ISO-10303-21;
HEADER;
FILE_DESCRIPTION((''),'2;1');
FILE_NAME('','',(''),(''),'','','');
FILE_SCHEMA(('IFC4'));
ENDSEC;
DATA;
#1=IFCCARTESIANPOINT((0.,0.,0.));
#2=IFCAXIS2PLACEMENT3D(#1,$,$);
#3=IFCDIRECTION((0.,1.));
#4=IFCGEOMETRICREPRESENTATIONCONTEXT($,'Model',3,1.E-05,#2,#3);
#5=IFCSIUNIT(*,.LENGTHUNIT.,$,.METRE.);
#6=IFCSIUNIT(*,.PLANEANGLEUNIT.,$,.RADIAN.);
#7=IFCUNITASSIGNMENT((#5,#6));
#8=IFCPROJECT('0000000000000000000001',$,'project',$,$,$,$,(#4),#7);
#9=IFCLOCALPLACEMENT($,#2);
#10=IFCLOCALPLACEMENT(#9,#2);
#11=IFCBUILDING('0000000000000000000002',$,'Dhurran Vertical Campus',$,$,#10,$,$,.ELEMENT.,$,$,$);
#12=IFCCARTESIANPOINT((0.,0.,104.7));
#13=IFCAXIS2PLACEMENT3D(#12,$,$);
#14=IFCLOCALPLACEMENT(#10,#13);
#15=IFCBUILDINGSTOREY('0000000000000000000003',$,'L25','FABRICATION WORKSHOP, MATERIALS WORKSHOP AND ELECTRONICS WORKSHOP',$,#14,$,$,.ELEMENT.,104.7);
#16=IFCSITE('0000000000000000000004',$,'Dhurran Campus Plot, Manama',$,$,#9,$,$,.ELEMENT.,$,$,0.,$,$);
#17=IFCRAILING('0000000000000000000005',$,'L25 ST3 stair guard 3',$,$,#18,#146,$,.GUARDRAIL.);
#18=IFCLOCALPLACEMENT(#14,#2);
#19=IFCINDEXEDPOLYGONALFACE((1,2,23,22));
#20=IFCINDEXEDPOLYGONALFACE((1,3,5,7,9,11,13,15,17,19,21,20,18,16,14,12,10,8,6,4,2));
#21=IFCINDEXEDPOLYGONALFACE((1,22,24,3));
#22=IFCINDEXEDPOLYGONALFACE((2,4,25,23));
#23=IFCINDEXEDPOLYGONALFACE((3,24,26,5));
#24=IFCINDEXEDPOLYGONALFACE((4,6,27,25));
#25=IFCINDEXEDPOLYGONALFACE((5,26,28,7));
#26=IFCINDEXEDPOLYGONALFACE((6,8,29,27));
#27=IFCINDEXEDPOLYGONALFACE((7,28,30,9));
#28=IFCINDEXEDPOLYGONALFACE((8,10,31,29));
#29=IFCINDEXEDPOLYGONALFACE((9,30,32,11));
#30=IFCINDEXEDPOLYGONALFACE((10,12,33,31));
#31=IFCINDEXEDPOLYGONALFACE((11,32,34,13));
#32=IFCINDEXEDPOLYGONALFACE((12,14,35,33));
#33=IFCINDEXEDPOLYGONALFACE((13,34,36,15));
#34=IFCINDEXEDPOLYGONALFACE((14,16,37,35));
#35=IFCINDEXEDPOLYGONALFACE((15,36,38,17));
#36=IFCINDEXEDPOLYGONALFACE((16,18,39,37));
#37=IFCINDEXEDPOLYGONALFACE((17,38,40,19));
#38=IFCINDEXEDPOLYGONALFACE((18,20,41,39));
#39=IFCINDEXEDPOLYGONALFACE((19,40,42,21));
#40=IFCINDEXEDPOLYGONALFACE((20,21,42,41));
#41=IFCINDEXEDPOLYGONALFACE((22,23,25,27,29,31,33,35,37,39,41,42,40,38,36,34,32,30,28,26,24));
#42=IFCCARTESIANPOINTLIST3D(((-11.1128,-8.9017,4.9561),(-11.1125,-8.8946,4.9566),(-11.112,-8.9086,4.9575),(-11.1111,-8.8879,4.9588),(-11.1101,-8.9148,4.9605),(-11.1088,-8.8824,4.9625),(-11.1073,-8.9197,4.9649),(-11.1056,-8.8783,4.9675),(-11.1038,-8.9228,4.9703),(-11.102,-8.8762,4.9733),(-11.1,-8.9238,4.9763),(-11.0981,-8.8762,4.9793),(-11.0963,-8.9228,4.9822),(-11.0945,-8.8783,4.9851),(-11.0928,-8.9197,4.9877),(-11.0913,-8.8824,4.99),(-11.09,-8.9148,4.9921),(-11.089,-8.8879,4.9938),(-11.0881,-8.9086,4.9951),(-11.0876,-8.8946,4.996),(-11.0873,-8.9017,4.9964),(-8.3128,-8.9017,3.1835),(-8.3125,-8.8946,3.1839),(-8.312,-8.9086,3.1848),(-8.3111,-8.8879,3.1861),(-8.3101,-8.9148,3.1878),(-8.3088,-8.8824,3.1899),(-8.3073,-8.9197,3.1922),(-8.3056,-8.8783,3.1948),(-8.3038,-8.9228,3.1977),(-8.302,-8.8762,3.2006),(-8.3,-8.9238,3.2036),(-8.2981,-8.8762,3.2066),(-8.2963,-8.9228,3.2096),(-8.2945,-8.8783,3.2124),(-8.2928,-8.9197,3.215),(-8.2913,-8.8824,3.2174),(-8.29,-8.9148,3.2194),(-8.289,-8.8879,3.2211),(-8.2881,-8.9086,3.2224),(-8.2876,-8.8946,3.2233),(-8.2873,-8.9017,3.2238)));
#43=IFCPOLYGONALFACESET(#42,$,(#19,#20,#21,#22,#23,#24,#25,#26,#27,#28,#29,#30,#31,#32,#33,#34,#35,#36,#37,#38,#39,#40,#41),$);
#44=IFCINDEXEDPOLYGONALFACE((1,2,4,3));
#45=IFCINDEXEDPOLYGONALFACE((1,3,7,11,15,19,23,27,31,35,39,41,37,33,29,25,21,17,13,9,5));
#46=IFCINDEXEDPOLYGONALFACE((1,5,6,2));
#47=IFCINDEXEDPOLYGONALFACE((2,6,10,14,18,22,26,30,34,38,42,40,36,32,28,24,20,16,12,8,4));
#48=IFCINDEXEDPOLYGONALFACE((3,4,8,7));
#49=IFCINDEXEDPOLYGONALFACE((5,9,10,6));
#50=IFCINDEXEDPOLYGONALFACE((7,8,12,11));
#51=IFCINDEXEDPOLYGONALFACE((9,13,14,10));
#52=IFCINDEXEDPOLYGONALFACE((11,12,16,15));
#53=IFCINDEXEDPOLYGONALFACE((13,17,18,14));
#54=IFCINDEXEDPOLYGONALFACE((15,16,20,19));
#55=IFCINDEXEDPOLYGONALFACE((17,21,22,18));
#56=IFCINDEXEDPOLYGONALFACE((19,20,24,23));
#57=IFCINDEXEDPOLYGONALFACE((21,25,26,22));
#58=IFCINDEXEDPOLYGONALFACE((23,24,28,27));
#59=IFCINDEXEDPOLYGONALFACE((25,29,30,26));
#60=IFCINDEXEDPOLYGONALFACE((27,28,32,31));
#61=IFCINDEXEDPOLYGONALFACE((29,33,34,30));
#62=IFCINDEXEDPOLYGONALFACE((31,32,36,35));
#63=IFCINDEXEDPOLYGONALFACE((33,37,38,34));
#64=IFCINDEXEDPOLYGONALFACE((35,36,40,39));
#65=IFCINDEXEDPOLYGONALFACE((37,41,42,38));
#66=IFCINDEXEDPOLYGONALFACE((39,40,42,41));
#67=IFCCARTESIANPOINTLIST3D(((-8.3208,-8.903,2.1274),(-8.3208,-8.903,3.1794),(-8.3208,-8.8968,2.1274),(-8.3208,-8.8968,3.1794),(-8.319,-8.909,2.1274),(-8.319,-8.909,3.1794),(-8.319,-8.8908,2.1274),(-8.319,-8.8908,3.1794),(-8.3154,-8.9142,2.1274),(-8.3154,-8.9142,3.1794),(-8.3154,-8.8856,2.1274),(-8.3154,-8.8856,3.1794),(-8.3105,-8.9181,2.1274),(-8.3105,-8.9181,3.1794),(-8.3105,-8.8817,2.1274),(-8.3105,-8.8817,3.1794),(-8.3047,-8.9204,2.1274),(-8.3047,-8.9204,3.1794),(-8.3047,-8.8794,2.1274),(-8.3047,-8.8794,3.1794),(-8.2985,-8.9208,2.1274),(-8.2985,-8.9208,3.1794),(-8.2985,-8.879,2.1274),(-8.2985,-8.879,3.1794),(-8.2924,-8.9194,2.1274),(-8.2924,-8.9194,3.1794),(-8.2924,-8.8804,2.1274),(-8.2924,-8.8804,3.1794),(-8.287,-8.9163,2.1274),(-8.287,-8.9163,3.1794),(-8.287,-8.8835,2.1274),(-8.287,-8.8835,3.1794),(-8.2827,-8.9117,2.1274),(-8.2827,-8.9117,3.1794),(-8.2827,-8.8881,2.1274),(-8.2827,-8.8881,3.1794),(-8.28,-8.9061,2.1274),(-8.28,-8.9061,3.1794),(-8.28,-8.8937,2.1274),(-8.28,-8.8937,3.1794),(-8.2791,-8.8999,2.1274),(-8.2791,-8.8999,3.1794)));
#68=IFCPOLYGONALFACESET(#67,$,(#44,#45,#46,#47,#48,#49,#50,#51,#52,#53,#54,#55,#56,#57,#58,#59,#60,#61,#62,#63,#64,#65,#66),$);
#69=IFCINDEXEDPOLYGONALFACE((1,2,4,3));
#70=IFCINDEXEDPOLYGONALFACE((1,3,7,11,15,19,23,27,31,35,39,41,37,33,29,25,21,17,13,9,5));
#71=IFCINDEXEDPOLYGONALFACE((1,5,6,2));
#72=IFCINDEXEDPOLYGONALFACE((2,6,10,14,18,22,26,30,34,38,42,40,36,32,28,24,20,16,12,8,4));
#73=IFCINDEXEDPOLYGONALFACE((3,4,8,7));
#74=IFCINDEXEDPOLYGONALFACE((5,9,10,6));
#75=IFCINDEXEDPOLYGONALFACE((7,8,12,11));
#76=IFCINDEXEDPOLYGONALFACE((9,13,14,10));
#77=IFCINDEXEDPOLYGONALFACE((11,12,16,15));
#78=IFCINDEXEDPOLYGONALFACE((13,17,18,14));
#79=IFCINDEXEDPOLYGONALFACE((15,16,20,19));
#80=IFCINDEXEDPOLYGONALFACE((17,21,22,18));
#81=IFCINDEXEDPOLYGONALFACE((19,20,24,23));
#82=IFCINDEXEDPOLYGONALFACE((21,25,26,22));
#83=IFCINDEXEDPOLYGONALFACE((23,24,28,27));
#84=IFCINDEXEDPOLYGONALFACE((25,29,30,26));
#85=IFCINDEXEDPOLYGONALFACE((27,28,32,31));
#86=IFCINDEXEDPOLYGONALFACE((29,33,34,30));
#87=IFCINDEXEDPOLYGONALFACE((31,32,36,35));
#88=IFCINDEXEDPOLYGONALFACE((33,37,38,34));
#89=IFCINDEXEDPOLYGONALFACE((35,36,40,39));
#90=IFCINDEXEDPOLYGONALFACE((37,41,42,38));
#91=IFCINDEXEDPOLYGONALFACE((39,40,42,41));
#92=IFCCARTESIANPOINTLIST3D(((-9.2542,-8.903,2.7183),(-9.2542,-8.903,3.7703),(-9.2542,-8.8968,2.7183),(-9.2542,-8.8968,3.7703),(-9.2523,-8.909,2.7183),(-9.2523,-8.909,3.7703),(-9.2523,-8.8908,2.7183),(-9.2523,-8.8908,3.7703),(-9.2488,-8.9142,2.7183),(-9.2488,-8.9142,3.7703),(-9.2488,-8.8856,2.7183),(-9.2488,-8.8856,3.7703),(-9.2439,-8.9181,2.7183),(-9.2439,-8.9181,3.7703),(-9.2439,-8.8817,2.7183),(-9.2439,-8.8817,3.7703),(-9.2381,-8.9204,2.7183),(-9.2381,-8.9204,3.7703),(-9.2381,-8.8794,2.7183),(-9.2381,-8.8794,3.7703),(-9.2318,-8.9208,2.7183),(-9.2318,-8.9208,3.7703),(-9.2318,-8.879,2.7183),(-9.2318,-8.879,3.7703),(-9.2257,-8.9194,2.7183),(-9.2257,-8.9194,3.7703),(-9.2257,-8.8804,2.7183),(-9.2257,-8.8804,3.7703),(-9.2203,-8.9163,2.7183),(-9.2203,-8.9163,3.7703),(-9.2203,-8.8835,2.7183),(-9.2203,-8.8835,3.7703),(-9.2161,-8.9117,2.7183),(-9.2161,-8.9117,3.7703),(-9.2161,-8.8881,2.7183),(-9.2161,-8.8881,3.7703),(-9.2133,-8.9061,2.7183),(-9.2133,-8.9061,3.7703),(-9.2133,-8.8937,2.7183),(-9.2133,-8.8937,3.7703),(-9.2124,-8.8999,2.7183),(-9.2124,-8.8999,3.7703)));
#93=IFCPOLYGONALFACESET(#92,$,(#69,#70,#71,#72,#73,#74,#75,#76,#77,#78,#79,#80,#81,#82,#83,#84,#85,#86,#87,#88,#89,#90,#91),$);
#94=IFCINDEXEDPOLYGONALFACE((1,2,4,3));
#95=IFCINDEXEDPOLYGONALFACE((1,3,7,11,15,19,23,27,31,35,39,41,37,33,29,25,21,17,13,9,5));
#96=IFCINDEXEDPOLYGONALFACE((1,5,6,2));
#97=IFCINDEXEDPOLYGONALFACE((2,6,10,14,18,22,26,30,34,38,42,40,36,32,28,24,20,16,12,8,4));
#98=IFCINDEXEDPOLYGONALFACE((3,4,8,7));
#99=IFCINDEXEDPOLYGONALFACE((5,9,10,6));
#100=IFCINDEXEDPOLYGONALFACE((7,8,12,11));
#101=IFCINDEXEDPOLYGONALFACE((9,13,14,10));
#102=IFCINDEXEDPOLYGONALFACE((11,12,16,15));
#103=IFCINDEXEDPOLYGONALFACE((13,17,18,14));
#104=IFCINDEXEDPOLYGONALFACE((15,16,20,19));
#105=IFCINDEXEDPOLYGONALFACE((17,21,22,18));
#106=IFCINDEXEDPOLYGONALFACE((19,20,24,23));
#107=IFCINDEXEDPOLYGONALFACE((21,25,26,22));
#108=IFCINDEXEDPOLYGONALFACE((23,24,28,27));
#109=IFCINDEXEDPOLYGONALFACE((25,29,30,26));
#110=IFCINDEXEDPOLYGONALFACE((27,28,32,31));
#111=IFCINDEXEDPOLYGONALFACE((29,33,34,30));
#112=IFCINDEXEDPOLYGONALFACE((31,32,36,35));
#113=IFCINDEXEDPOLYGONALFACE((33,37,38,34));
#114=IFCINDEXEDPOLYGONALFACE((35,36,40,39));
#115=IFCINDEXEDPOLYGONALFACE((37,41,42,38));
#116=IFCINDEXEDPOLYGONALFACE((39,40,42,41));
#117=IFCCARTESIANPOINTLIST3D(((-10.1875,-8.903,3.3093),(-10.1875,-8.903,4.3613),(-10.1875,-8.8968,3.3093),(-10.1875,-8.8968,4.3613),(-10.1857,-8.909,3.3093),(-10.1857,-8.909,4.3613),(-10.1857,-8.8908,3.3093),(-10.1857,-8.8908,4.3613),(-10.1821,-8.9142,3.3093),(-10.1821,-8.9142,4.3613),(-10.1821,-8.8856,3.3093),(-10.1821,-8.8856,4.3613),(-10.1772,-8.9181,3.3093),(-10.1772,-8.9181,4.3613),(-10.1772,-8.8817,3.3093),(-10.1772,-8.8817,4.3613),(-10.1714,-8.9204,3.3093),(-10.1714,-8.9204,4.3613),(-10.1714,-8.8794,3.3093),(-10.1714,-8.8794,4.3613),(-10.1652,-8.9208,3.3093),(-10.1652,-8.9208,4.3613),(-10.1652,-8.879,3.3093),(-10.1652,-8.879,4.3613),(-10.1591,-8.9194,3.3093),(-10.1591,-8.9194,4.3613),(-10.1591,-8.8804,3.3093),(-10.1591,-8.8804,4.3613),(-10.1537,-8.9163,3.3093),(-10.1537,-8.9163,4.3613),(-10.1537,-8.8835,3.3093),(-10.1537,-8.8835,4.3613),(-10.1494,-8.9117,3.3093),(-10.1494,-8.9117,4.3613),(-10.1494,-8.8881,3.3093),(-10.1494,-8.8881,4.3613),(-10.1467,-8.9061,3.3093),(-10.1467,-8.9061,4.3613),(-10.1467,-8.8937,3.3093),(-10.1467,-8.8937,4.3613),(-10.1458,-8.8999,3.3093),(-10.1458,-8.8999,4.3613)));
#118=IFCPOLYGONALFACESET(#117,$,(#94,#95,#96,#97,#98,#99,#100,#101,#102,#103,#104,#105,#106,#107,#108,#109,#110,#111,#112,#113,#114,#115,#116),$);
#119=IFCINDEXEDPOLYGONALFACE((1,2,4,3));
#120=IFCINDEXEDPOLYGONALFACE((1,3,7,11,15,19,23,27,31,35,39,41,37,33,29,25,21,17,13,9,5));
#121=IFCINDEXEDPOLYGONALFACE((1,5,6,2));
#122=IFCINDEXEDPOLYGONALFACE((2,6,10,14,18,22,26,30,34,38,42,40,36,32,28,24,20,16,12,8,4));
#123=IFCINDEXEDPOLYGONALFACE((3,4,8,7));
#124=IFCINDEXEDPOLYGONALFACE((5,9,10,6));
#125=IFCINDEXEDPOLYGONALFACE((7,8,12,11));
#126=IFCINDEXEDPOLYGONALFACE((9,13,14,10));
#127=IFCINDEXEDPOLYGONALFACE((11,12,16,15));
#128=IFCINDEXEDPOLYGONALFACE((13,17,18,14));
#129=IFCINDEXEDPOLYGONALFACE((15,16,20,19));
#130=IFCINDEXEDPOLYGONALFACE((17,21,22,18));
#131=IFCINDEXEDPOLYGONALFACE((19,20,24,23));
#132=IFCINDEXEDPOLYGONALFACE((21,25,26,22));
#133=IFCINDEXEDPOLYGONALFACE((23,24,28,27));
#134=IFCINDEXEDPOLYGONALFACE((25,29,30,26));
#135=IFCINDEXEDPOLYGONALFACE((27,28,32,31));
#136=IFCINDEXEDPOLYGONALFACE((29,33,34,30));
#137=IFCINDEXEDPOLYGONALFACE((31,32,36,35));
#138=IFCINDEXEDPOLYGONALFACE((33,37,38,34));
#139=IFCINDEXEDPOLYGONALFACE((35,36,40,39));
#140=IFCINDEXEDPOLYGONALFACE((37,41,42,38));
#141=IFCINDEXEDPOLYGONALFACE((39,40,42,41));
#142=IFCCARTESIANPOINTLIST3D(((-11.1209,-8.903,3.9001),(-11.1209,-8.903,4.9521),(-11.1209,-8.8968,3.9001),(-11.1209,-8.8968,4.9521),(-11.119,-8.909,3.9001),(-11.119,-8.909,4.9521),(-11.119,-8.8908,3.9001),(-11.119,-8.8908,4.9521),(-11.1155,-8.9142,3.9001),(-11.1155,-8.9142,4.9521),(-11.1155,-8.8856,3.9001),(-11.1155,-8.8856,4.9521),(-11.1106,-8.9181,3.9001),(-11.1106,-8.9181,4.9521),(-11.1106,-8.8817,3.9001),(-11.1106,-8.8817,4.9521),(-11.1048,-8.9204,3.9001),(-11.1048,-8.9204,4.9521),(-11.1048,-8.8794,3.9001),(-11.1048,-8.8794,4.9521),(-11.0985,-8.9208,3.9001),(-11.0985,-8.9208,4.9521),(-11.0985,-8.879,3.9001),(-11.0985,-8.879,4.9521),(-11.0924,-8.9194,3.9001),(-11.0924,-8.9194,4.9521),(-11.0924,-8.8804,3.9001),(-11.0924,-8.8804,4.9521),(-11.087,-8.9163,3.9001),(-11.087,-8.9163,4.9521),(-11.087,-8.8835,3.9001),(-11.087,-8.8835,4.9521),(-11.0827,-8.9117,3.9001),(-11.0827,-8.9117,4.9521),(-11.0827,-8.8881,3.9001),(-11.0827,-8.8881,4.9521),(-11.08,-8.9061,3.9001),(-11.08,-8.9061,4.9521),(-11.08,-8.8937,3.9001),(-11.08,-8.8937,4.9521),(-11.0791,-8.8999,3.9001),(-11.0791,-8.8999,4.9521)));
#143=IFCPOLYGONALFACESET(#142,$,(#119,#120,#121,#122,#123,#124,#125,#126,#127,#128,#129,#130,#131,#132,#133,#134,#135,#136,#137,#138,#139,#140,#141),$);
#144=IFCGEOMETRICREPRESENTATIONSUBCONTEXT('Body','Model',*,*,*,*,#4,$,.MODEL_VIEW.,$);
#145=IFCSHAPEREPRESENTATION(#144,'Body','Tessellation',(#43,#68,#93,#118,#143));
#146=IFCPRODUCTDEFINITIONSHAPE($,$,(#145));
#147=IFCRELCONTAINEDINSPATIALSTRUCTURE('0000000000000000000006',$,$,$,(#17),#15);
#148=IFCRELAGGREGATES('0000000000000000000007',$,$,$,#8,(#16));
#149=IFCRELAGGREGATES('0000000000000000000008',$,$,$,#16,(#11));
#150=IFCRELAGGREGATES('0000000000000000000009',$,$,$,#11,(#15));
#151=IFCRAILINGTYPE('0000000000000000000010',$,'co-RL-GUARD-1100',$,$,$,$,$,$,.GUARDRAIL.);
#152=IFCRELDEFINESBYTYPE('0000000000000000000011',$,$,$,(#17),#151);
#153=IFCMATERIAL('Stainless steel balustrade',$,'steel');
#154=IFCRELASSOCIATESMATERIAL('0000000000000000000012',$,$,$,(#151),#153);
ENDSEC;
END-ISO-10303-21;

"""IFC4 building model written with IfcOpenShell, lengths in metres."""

from ifc_helpers import new_model, si_unit, direction, frame, origin, origin_2d, place, context, subcontext, project, spatial, circle, extrude, material, type_object, element, save


model = new_model("IFC4")

# Units and contexts
model_context = context("Model", 3, precision=1e-05, world=origin(), true_north=direction((0.0, 1.0)))
body_context = subcontext(model_context, "Body", "Model", "MODEL_VIEW")
ifc_project = project(units=[si_unit("LENGTHUNIT", "METRE"), si_unit("PLANEANGLEUNIT", "RADIAN")], contexts=[model_context])

# Site, building, storey
site_placement = place(None, origin())
site = spatial("IfcSite", under=ifc_project, at=site_placement, Name="Dhurran Campus Plot, Manama", CompositionType="ELEMENT", RefElevation=0.0)
building_placement = place(site_placement, origin())
building = spatial("IfcBuilding", under=site, at=building_placement, Name="Dhurran Vertical Campus", CompositionType="ELEMENT")
storey_placement = place(building_placement, frame((0.0, 0.0, 104.7)))
storey = spatial("IfcBuildingStorey", under=building, at=storey_placement, Name="L25", Description="FABRICATION WORKSHOP, MATERIALS WORKSHOP AND ELECTRONICS WORKSHOP", CompositionType="ELEMENT", Elevation=104.7)

# Railing
ifc_material_1 = material(Name="Stainless steel balustrade", Category="steel")
railing_type_1 = type_object("IfcRailingType", Name="co-RL-GUARD-1100", PredefinedType="GUARDRAIL", material=ifc_material_1)
railing_1_placement = place(storey_placement, frame((-8.3, -8.8999, 2.1274)))
element("IfcRailing", 1, at=railing_1_placement, inside=storey, type_object=railing_type_1, Name="L25 ST3 stair guard 3", PredefinedType="GUARDRAIL", context=body_context, shape_type="SweptSolid", body=[
    extrude(circle(Radius=0.0239, at=origin_2d()), frame((0.0, 0.0, 1.0762), z_axis=(-0.844909, 0.0, 0.53491), x_axis=(0.0, -1.0, 0.0)), (0.0, 0.0, 1.0), 3.314),
    extrude(circle(Radius=0.021, at=origin_2d()), origin(), (0.0, 0.0, 1.0), 1.052),
    extrude(circle(Radius=0.021, at=origin_2d()), frame((-0.9333, 0.0, 0.5908)), (0.0, 0.0, 1.0), 1.052),
    extrude(circle(Radius=0.021, at=origin_2d()), frame((-1.8667, 0.0, 1.1819)), (0.0, 0.0, 1.0), 1.052),
    extrude(circle(Radius=0.021, at=origin_2d()), frame((-2.8, 0.0, 1.7727)), (0.0, 0.0, 1.0), 1.052),
])

save(model, "model.ifc")
